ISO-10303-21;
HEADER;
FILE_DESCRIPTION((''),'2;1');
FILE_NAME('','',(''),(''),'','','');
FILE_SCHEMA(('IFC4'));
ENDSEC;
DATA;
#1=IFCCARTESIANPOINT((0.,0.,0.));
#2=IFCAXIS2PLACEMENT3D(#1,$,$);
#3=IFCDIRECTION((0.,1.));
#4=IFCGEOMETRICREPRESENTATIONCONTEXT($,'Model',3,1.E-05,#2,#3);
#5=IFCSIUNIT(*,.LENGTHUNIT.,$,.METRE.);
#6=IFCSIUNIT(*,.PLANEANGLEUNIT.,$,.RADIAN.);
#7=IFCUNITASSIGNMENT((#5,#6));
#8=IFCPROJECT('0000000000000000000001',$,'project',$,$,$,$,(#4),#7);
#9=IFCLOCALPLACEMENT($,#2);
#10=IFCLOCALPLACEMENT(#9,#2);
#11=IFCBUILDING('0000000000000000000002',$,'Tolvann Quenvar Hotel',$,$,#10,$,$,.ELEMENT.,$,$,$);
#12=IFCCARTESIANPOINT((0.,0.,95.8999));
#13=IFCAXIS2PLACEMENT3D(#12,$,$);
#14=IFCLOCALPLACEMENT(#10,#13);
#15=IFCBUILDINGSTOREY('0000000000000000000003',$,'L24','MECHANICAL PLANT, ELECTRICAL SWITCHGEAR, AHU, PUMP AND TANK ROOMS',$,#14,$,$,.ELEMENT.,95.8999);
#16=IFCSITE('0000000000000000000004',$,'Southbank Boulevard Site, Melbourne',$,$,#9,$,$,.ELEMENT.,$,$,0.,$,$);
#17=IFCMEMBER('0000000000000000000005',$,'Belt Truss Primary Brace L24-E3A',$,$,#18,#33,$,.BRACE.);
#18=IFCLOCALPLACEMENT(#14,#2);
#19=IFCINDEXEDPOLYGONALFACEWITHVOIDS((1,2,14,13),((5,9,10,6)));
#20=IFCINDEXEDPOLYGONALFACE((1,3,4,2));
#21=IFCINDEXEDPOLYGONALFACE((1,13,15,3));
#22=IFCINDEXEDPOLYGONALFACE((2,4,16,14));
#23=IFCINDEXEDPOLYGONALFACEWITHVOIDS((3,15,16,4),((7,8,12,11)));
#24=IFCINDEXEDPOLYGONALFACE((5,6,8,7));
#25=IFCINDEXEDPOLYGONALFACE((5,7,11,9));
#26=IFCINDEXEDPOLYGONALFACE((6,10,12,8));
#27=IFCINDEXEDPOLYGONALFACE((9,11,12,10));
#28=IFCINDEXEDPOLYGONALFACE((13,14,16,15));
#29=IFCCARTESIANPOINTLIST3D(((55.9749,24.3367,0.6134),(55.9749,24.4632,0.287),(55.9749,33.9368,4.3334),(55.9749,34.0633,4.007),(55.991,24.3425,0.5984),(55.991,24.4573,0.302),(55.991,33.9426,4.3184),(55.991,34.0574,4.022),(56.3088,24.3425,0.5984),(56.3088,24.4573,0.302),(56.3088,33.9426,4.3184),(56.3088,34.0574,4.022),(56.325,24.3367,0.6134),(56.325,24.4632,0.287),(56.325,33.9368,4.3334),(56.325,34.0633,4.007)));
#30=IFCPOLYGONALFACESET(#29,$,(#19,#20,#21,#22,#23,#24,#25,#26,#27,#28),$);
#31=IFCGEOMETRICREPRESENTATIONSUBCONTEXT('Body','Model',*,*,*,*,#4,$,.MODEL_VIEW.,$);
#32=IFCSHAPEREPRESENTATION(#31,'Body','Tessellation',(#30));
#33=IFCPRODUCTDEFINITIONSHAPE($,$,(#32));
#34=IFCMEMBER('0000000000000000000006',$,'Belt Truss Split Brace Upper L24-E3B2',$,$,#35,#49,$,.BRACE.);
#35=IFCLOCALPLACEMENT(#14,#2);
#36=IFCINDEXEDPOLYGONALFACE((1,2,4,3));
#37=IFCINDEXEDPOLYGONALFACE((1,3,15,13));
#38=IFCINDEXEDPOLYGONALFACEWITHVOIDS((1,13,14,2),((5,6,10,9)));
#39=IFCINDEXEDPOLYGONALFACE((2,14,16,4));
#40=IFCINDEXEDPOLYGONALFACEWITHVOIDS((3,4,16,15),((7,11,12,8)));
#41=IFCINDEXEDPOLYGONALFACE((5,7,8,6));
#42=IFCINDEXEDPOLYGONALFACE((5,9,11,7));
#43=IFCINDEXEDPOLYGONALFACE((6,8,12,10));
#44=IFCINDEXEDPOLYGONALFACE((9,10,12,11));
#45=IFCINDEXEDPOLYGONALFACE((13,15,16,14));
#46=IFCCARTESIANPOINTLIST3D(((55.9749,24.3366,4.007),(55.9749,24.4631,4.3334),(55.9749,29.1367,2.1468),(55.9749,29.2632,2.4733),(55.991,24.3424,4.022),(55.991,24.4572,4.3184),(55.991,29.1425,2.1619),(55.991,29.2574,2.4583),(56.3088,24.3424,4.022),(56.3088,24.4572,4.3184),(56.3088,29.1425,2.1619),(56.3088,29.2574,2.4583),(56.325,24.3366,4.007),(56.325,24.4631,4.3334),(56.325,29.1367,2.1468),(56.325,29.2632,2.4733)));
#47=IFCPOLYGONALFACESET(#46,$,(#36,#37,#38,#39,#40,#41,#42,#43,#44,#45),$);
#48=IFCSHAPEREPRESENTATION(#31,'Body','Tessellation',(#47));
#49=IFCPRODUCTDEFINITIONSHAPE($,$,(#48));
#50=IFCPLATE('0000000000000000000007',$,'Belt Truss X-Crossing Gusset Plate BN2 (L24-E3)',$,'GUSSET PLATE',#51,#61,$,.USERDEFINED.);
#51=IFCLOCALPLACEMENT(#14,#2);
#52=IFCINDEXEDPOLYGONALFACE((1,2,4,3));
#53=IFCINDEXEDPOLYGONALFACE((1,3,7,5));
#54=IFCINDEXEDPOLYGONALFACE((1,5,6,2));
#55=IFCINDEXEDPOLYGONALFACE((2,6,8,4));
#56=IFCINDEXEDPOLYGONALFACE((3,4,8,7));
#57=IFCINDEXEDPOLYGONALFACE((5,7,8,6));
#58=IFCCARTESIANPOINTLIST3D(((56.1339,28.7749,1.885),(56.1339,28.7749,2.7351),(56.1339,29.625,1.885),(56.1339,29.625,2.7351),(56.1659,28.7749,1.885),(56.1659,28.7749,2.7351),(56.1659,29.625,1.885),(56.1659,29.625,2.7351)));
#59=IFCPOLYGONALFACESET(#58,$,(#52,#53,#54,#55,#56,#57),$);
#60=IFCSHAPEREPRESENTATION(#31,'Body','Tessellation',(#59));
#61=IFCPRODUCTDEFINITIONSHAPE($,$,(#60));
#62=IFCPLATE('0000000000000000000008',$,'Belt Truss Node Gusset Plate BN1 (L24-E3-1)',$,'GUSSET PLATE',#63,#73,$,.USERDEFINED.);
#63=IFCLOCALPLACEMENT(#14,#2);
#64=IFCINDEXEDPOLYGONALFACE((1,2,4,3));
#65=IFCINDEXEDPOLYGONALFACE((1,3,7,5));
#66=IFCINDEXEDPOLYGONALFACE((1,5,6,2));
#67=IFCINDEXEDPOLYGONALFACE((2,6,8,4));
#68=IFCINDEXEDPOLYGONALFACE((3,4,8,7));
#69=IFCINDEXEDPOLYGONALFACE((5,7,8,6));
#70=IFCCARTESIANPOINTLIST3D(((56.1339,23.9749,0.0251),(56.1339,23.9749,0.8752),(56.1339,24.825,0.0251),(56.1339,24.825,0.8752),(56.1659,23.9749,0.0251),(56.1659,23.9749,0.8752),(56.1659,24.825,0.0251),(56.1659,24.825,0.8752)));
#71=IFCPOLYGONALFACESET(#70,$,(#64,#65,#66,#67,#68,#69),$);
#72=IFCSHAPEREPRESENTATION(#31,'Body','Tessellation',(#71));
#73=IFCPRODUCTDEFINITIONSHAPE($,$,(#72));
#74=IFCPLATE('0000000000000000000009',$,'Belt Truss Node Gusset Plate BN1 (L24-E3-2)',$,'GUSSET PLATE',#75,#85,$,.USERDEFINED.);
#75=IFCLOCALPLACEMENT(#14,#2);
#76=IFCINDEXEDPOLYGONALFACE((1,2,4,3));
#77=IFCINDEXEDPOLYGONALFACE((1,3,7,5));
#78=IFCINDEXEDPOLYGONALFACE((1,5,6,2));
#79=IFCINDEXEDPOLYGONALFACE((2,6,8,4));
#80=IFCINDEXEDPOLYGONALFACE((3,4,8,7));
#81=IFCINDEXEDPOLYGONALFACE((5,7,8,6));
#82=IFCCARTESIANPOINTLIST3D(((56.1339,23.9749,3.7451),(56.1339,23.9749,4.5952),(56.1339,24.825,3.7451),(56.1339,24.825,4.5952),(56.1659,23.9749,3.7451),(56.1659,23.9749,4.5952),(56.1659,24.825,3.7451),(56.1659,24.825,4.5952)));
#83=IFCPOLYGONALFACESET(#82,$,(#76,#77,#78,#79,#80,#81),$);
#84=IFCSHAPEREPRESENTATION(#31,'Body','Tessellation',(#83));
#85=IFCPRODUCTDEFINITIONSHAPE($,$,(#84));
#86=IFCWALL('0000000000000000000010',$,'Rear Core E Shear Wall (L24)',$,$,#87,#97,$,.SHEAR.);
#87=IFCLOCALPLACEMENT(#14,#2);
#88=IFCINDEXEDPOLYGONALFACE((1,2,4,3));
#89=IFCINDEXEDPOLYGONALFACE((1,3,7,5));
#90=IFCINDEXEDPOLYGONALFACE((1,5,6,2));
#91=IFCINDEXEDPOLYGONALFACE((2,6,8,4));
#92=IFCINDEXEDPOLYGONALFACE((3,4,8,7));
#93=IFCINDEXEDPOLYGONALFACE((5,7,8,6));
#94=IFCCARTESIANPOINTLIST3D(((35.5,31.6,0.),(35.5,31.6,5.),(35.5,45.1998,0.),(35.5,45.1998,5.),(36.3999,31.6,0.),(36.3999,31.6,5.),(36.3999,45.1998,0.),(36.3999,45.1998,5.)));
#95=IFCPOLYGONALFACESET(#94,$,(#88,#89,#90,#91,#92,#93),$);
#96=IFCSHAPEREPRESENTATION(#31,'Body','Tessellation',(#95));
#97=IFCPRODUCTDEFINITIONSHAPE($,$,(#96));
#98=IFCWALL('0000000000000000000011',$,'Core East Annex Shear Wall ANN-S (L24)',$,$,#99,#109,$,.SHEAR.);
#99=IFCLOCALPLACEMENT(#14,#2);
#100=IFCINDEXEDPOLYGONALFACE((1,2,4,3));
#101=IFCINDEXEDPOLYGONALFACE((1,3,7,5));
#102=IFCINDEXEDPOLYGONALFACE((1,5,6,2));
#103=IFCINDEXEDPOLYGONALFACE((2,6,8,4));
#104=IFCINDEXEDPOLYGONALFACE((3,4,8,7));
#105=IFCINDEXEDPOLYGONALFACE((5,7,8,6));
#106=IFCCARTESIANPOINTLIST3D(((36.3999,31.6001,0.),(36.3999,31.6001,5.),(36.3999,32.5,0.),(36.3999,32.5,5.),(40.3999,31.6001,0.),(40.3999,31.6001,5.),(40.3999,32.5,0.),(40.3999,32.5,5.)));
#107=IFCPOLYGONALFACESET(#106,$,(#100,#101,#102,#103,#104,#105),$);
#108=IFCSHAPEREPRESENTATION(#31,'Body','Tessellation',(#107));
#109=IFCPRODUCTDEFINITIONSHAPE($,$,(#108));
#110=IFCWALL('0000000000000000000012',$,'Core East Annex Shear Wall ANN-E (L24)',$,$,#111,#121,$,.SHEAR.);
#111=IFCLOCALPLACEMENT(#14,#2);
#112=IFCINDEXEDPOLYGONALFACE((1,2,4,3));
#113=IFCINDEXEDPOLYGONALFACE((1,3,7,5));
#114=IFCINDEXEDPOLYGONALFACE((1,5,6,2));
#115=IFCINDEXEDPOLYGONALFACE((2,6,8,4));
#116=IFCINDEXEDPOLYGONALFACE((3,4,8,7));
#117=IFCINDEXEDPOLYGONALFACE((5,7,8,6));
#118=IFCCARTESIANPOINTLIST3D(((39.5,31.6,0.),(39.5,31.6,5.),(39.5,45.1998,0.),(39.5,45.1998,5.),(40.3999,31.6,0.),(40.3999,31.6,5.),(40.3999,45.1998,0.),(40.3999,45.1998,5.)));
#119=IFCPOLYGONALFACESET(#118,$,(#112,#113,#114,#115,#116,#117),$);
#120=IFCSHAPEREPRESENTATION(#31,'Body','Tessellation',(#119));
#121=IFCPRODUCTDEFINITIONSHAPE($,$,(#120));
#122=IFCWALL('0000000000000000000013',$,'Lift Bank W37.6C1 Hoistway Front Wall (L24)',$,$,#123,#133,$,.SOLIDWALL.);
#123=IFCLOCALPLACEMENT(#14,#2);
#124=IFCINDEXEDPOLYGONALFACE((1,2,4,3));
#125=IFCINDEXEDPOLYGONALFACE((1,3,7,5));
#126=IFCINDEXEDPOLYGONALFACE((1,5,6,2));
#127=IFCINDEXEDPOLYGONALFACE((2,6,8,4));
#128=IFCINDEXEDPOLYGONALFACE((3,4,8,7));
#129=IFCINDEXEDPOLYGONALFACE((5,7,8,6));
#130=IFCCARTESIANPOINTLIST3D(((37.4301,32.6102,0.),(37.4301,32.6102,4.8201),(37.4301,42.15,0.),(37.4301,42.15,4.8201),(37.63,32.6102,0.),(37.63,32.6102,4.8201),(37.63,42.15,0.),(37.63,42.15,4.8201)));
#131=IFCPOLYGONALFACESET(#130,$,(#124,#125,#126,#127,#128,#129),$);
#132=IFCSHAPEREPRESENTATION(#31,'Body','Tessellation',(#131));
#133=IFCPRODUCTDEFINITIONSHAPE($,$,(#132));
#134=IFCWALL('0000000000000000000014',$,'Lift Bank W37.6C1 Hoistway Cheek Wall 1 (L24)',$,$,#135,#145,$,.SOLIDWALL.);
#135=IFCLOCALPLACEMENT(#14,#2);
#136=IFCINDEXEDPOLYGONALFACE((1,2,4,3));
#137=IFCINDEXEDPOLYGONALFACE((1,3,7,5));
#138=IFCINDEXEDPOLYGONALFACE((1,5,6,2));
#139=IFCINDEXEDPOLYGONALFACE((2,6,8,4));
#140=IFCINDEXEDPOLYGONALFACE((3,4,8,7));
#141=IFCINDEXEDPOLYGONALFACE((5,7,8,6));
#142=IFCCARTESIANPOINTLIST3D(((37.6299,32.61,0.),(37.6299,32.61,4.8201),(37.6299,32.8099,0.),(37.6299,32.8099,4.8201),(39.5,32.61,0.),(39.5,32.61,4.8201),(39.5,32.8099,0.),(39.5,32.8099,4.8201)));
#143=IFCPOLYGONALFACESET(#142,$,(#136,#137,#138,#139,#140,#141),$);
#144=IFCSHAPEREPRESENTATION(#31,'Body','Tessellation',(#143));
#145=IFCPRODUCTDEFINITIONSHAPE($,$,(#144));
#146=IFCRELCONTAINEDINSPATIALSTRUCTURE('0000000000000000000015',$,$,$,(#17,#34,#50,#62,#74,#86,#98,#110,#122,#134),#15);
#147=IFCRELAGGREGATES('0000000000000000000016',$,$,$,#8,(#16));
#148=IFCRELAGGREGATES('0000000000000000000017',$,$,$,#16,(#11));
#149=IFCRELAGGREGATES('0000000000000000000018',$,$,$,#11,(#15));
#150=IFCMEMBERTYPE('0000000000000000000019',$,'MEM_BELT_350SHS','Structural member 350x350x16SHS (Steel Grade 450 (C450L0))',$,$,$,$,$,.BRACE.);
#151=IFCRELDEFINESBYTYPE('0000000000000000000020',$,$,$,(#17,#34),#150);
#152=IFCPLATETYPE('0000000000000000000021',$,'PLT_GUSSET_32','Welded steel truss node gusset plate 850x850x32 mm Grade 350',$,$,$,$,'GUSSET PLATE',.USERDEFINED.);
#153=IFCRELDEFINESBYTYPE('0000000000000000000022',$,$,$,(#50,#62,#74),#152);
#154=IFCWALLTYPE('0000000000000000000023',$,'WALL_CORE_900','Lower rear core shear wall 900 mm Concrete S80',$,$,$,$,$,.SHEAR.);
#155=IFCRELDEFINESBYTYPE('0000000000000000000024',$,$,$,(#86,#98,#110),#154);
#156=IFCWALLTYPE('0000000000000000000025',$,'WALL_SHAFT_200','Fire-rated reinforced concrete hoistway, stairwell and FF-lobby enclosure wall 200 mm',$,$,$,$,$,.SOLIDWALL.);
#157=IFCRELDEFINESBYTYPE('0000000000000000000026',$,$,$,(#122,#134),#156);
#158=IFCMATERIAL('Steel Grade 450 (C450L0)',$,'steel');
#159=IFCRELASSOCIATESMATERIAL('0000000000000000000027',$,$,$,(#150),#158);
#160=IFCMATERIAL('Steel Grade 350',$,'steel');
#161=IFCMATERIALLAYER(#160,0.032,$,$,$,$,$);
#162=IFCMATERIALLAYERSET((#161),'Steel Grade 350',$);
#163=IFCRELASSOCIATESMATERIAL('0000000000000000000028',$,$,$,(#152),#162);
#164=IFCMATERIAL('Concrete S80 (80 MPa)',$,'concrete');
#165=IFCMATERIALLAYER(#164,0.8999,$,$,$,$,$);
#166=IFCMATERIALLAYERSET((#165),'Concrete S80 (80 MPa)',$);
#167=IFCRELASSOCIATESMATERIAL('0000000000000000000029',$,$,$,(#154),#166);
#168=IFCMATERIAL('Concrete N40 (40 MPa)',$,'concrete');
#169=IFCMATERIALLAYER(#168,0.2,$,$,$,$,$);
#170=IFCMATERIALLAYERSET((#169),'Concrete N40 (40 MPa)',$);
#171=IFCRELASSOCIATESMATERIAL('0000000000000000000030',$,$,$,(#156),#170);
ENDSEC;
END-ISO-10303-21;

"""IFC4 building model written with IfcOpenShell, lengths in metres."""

from ifc_helpers import new_model, si_unit, direction, frame, frame_2d, origin, origin_2d, place, context, subcontext, project, spatial, rectangle, hollow_rectangle, extrude, source, transform, mapped, material, layer, layer_set, material_profile, profile_set, type_object, type_shapes, element, save


model = new_model("IFC4")

# Units and contexts
model_context = context("Model", 3, precision=1e-05, world=origin(), true_north=direction((0.0, 1.0)))
body_context = subcontext(model_context, "Body", "Model", "MODEL_VIEW")
ifc_project = project(units=[si_unit("LENGTHUNIT", "METRE"), si_unit("PLANEANGLEUNIT", "RADIAN")], contexts=[model_context])

# Site, building, storey
site_placement = place(None, origin())
site = spatial("IfcSite", under=ifc_project, at=site_placement, Name="Southbank Boulevard Site, Melbourne", CompositionType="ELEMENT", RefElevation=0.0)
building_placement = place(site_placement, origin())
building = spatial("IfcBuilding", under=site, at=building_placement, Name="Tolvann Quenvar Hotel", CompositionType="ELEMENT")
storey_placement = place(building_placement, frame((0.0, 0.0, 95.8999)))
storey = spatial("IfcBuildingStorey", under=building, at=storey_placement, Name="L24", Description="MECHANICAL PLANT, ELECTRICAL SWITCHGEAR, AHU, PUMP AND TANK ROOMS", CompositionType="ELEMENT", Elevation=95.8999)

# Shared definitions
ifc_material_1 = material(Name="Steel Grade 350", Category="steel")

# Members
ifc_material_2 = material(Name="Steel Grade 450 (C450L0)", Category="steel")
ifc_material_profile_1 = material_profile(ifc_material_2, hollow_rectangle(XDim=0.3501, YDim=0.3501, WallThickness=0.0161, at=origin_2d()), Name="350x350x16SHS")
ifc_profile_set_1 = profile_set([ifc_material_profile_1], Name="Steel Grade 450 (C450L0)")
member_type = type_object("IfcMemberType", Name="MEM_BELT_350SHS", Description="Structural member 350x350x16SHS (Steel Grade 450 (C450L0))", PredefinedType="BRACE", material=ifc_profile_set_1)
shared_shape_1 = source(origin(), body_context, "Body", "SweptSolid", [
    extrude(hollow_rectangle(XDim=0.3501, YDim=0.3501, WallThickness=0.0161, at=origin_2d()), origin(), (0.0, 0.0, 1.0), 10.2957),
])
member_1_placement = place(storey_placement, frame((56.1499, 24.3999, 0.4502), z_axis=(0.0, 0.932444, 0.361315), x_axis=(-1.0, 0.0, 0.0)))
element("IfcMember", 1, at=member_1_placement, inside=storey, type_object=member_type, Name="Belt Truss Primary Brace L24-E3A", PredefinedType="BRACE", context=body_context, shape_type="MappedRepresentation", body=[
    mapped(shared_shape_1, transform((0.0, 0.0, 0.0), x_axis=(1.0, 0.0, 0.0), y_axis=(0.0, 1.0, 0.0), z_axis=(0.0, 0.0, 1.0), scale=1.0)),
])
shared_shape_2 = source(origin(), body_context, "Body", "SweptSolid", [
    extrude(hollow_rectangle(XDim=0.3501, YDim=0.3501, WallThickness=0.0161, at=origin_2d()), origin(), (0.0, 0.0, 1.0), 5.1479),
])
member_2_placement = place(storey_placement, frame((56.1499, 29.2, 2.3101), z_axis=(0.0, -0.932436, 0.361336), x_axis=(1.0, 0.0, 0.0)))
element("IfcMember", 2, at=member_2_placement, inside=storey, type_object=member_type, Name="Belt Truss Split Brace Upper L24-E3B2", PredefinedType="BRACE", context=body_context, shape_type="MappedRepresentation", body=[
    mapped(shared_shape_2, transform((0.0, 0.0, 0.0), x_axis=(1.0, 0.0, 0.0), y_axis=(0.0, 1.0, 0.0), z_axis=(0.0, 0.0, 1.0), scale=1.0)),
])

# Plates
ifc_layer_1 = layer(ifc_material_1, 0.032)
ifc_layer_set_1 = layer_set([ifc_layer_1], Name="Steel Grade 350")
plate_type = type_object("IfcPlateType", Name="PLT_GUSSET_32", Description="Welded steel truss node gusset plate 850x850x32 mm Grade 350", ElementType="GUSSET PLATE", PredefinedType="USERDEFINED", material=ifc_layer_set_1)
shared_shape_3 = source(origin(), body_context, "Body", "SweptSolid", [
    extrude(rectangle(XDim=0.032, YDim=0.8501, at=origin_2d()), origin(), (0.0, 0.0, 1.0), 0.8501),
])
type_shapes(plate_type, [shared_shape_3])
for number, where, z_axis, x_axis, name in (
    (3, (56.1499, 29.2, 1.885), (0.0, 0.0, 1.0), (1.0, 0.0, 0.0), "Belt Truss X-Crossing Gusset Plate BN2 (L24-E3)"),
    (4, (56.1499, 24.3999, 0.0251), (0.0, 0.0, 1.0), (1.0, 0.0, 0.0), "Belt Truss Node Gusset Plate BN1 (L24-E3-1)"),
    (5, (56.1499, 24.3999, 3.7451), (0.0, 0.0, 1.0), (1.0, 0.0, 0.0), "Belt Truss Node Gusset Plate BN1 (L24-E3-2)"),
):
    element("IfcPlate", number, at=place(storey_placement, frame(where, z_axis=z_axis, x_axis=x_axis)), inside=storey, type_object=plate_type, Name=name, ObjectType="GUSSET PLATE", PredefinedType="USERDEFINED", context=body_context, shape_type="MappedRepresentation", body=[
        mapped(shared_shape_3, transform((0.0, 0.0, 0.0), x_axis=(1.0, 0.0, 0.0), y_axis=(0.0, 1.0, 0.0), z_axis=(0.0, 0.0, 1.0), scale=1.0)),
    ])

# Walls
ifc_material_3 = material(Name="Concrete S80 (80 MPa)", Category="concrete")
ifc_layer_2 = layer(ifc_material_3, 0.8999)
ifc_layer_set_2 = layer_set([ifc_layer_2], Name="Concrete S80 (80 MPa)")
wall_type_1 = type_object("IfcWallType", Name="WALL_CORE_900", Description="Lower rear core shear wall 900 mm Concrete S80", PredefinedType="SHEAR", material=ifc_layer_set_2)
wall_1_placement = place(storey_placement, frame((35.95, 31.6001, 0.0), z_axis=(0.0, 0.0, 1.0), x_axis=(0.0, 1.0, 0.0)))
element("IfcWall", 6, at=wall_1_placement, inside=storey, type_object=wall_type_1, Name="Rear Core E Shear Wall (L24)", PredefinedType="SHEAR", context=body_context, shape_type="SweptSolid", body=[
    extrude(rectangle(XDim=13.5999, YDim=0.8999, at=frame_2d((6.7998, 0.0))), origin(), (0.0, 0.0, 1.0), 5.0),
])
wall_2_placement = place(storey_placement, frame((36.3999, 32.05, 0.0), z_axis=(0.0, 0.0, 1.0), x_axis=(1.0, 0.0, 0.0)))
element("IfcWall", 7, at=wall_2_placement, inside=storey, type_object=wall_type_1, Name="Core East Annex Shear Wall ANN-S (L24)", PredefinedType="SHEAR", context=body_context, shape_type="SweptSolid", body=[
    extrude(rectangle(XDim=4.0, YDim=0.8999, at=frame_2d((2.0, 0.0))), origin(), (0.0, 0.0, 1.0), 5.0),
])
wall_3_placement = place(storey_placement, frame((39.95, 31.6001, 0.0), z_axis=(0.0, 0.0, 1.0), x_axis=(0.0, 1.0, 0.0)))
element("IfcWall", 8, at=wall_3_placement, inside=storey, type_object=wall_type_1, Name="Core East Annex Shear Wall ANN-E (L24)", PredefinedType="SHEAR", context=body_context, shape_type="SweptSolid", body=[
    extrude(rectangle(XDim=13.5999, YDim=0.8999, at=frame_2d((6.7998, 0.0))), origin(), (0.0, 0.0, 1.0), 5.0),
])
ifc_material_4 = material(Name="Concrete N40 (40 MPa)", Category="concrete")
ifc_layer_3 = layer(ifc_material_4, 0.2)
ifc_layer_set_3 = layer_set([ifc_layer_3], Name="Concrete N40 (40 MPa)")
wall_type_2 = type_object("IfcWallType", Name="WALL_SHAFT_200", Description="Fire-rated reinforced concrete hoistway, stairwell and FF-lobby enclosure wall 200 mm", PredefinedType="SOLIDWALL", material=ifc_layer_set_3)
wall_4_placement = place(storey_placement, frame((37.53, 32.6101, 0.0), z_axis=(0.0, 0.0, 1.0), x_axis=(0.0, 1.0, 0.0)))
element("IfcWall", 9, at=wall_4_placement, inside=storey, type_object=wall_type_2, Name="Lift Bank W37.6C1 Hoistway Front Wall (L24)", PredefinedType="SOLIDWALL", context=body_context, shape_type="SweptSolid", body=[
    extrude(rectangle(XDim=9.5398, YDim=0.2, at=frame_2d((4.77, 0.0))), origin(), (0.0, 0.0, 1.0), 4.8201),
])
wall_5_placement = place(storey_placement, frame((37.6299, 32.71, 0.0), z_axis=(0.0, 0.0, 1.0), x_axis=(1.0, 0.0, 0.0)))
element("IfcWall", 10, at=wall_5_placement, inside=storey, type_object=wall_type_2, Name="Lift Bank W37.6C1 Hoistway Cheek Wall 1 (L24)", PredefinedType="SOLIDWALL", context=body_context, shape_type="SweptSolid", body=[
    extrude(rectangle(XDim=1.8701, YDim=0.2, at=frame_2d((0.9351, 0.0))), origin(), (0.0, 0.0, 1.0), 4.8201),
])

save(model, "model.ifc")
